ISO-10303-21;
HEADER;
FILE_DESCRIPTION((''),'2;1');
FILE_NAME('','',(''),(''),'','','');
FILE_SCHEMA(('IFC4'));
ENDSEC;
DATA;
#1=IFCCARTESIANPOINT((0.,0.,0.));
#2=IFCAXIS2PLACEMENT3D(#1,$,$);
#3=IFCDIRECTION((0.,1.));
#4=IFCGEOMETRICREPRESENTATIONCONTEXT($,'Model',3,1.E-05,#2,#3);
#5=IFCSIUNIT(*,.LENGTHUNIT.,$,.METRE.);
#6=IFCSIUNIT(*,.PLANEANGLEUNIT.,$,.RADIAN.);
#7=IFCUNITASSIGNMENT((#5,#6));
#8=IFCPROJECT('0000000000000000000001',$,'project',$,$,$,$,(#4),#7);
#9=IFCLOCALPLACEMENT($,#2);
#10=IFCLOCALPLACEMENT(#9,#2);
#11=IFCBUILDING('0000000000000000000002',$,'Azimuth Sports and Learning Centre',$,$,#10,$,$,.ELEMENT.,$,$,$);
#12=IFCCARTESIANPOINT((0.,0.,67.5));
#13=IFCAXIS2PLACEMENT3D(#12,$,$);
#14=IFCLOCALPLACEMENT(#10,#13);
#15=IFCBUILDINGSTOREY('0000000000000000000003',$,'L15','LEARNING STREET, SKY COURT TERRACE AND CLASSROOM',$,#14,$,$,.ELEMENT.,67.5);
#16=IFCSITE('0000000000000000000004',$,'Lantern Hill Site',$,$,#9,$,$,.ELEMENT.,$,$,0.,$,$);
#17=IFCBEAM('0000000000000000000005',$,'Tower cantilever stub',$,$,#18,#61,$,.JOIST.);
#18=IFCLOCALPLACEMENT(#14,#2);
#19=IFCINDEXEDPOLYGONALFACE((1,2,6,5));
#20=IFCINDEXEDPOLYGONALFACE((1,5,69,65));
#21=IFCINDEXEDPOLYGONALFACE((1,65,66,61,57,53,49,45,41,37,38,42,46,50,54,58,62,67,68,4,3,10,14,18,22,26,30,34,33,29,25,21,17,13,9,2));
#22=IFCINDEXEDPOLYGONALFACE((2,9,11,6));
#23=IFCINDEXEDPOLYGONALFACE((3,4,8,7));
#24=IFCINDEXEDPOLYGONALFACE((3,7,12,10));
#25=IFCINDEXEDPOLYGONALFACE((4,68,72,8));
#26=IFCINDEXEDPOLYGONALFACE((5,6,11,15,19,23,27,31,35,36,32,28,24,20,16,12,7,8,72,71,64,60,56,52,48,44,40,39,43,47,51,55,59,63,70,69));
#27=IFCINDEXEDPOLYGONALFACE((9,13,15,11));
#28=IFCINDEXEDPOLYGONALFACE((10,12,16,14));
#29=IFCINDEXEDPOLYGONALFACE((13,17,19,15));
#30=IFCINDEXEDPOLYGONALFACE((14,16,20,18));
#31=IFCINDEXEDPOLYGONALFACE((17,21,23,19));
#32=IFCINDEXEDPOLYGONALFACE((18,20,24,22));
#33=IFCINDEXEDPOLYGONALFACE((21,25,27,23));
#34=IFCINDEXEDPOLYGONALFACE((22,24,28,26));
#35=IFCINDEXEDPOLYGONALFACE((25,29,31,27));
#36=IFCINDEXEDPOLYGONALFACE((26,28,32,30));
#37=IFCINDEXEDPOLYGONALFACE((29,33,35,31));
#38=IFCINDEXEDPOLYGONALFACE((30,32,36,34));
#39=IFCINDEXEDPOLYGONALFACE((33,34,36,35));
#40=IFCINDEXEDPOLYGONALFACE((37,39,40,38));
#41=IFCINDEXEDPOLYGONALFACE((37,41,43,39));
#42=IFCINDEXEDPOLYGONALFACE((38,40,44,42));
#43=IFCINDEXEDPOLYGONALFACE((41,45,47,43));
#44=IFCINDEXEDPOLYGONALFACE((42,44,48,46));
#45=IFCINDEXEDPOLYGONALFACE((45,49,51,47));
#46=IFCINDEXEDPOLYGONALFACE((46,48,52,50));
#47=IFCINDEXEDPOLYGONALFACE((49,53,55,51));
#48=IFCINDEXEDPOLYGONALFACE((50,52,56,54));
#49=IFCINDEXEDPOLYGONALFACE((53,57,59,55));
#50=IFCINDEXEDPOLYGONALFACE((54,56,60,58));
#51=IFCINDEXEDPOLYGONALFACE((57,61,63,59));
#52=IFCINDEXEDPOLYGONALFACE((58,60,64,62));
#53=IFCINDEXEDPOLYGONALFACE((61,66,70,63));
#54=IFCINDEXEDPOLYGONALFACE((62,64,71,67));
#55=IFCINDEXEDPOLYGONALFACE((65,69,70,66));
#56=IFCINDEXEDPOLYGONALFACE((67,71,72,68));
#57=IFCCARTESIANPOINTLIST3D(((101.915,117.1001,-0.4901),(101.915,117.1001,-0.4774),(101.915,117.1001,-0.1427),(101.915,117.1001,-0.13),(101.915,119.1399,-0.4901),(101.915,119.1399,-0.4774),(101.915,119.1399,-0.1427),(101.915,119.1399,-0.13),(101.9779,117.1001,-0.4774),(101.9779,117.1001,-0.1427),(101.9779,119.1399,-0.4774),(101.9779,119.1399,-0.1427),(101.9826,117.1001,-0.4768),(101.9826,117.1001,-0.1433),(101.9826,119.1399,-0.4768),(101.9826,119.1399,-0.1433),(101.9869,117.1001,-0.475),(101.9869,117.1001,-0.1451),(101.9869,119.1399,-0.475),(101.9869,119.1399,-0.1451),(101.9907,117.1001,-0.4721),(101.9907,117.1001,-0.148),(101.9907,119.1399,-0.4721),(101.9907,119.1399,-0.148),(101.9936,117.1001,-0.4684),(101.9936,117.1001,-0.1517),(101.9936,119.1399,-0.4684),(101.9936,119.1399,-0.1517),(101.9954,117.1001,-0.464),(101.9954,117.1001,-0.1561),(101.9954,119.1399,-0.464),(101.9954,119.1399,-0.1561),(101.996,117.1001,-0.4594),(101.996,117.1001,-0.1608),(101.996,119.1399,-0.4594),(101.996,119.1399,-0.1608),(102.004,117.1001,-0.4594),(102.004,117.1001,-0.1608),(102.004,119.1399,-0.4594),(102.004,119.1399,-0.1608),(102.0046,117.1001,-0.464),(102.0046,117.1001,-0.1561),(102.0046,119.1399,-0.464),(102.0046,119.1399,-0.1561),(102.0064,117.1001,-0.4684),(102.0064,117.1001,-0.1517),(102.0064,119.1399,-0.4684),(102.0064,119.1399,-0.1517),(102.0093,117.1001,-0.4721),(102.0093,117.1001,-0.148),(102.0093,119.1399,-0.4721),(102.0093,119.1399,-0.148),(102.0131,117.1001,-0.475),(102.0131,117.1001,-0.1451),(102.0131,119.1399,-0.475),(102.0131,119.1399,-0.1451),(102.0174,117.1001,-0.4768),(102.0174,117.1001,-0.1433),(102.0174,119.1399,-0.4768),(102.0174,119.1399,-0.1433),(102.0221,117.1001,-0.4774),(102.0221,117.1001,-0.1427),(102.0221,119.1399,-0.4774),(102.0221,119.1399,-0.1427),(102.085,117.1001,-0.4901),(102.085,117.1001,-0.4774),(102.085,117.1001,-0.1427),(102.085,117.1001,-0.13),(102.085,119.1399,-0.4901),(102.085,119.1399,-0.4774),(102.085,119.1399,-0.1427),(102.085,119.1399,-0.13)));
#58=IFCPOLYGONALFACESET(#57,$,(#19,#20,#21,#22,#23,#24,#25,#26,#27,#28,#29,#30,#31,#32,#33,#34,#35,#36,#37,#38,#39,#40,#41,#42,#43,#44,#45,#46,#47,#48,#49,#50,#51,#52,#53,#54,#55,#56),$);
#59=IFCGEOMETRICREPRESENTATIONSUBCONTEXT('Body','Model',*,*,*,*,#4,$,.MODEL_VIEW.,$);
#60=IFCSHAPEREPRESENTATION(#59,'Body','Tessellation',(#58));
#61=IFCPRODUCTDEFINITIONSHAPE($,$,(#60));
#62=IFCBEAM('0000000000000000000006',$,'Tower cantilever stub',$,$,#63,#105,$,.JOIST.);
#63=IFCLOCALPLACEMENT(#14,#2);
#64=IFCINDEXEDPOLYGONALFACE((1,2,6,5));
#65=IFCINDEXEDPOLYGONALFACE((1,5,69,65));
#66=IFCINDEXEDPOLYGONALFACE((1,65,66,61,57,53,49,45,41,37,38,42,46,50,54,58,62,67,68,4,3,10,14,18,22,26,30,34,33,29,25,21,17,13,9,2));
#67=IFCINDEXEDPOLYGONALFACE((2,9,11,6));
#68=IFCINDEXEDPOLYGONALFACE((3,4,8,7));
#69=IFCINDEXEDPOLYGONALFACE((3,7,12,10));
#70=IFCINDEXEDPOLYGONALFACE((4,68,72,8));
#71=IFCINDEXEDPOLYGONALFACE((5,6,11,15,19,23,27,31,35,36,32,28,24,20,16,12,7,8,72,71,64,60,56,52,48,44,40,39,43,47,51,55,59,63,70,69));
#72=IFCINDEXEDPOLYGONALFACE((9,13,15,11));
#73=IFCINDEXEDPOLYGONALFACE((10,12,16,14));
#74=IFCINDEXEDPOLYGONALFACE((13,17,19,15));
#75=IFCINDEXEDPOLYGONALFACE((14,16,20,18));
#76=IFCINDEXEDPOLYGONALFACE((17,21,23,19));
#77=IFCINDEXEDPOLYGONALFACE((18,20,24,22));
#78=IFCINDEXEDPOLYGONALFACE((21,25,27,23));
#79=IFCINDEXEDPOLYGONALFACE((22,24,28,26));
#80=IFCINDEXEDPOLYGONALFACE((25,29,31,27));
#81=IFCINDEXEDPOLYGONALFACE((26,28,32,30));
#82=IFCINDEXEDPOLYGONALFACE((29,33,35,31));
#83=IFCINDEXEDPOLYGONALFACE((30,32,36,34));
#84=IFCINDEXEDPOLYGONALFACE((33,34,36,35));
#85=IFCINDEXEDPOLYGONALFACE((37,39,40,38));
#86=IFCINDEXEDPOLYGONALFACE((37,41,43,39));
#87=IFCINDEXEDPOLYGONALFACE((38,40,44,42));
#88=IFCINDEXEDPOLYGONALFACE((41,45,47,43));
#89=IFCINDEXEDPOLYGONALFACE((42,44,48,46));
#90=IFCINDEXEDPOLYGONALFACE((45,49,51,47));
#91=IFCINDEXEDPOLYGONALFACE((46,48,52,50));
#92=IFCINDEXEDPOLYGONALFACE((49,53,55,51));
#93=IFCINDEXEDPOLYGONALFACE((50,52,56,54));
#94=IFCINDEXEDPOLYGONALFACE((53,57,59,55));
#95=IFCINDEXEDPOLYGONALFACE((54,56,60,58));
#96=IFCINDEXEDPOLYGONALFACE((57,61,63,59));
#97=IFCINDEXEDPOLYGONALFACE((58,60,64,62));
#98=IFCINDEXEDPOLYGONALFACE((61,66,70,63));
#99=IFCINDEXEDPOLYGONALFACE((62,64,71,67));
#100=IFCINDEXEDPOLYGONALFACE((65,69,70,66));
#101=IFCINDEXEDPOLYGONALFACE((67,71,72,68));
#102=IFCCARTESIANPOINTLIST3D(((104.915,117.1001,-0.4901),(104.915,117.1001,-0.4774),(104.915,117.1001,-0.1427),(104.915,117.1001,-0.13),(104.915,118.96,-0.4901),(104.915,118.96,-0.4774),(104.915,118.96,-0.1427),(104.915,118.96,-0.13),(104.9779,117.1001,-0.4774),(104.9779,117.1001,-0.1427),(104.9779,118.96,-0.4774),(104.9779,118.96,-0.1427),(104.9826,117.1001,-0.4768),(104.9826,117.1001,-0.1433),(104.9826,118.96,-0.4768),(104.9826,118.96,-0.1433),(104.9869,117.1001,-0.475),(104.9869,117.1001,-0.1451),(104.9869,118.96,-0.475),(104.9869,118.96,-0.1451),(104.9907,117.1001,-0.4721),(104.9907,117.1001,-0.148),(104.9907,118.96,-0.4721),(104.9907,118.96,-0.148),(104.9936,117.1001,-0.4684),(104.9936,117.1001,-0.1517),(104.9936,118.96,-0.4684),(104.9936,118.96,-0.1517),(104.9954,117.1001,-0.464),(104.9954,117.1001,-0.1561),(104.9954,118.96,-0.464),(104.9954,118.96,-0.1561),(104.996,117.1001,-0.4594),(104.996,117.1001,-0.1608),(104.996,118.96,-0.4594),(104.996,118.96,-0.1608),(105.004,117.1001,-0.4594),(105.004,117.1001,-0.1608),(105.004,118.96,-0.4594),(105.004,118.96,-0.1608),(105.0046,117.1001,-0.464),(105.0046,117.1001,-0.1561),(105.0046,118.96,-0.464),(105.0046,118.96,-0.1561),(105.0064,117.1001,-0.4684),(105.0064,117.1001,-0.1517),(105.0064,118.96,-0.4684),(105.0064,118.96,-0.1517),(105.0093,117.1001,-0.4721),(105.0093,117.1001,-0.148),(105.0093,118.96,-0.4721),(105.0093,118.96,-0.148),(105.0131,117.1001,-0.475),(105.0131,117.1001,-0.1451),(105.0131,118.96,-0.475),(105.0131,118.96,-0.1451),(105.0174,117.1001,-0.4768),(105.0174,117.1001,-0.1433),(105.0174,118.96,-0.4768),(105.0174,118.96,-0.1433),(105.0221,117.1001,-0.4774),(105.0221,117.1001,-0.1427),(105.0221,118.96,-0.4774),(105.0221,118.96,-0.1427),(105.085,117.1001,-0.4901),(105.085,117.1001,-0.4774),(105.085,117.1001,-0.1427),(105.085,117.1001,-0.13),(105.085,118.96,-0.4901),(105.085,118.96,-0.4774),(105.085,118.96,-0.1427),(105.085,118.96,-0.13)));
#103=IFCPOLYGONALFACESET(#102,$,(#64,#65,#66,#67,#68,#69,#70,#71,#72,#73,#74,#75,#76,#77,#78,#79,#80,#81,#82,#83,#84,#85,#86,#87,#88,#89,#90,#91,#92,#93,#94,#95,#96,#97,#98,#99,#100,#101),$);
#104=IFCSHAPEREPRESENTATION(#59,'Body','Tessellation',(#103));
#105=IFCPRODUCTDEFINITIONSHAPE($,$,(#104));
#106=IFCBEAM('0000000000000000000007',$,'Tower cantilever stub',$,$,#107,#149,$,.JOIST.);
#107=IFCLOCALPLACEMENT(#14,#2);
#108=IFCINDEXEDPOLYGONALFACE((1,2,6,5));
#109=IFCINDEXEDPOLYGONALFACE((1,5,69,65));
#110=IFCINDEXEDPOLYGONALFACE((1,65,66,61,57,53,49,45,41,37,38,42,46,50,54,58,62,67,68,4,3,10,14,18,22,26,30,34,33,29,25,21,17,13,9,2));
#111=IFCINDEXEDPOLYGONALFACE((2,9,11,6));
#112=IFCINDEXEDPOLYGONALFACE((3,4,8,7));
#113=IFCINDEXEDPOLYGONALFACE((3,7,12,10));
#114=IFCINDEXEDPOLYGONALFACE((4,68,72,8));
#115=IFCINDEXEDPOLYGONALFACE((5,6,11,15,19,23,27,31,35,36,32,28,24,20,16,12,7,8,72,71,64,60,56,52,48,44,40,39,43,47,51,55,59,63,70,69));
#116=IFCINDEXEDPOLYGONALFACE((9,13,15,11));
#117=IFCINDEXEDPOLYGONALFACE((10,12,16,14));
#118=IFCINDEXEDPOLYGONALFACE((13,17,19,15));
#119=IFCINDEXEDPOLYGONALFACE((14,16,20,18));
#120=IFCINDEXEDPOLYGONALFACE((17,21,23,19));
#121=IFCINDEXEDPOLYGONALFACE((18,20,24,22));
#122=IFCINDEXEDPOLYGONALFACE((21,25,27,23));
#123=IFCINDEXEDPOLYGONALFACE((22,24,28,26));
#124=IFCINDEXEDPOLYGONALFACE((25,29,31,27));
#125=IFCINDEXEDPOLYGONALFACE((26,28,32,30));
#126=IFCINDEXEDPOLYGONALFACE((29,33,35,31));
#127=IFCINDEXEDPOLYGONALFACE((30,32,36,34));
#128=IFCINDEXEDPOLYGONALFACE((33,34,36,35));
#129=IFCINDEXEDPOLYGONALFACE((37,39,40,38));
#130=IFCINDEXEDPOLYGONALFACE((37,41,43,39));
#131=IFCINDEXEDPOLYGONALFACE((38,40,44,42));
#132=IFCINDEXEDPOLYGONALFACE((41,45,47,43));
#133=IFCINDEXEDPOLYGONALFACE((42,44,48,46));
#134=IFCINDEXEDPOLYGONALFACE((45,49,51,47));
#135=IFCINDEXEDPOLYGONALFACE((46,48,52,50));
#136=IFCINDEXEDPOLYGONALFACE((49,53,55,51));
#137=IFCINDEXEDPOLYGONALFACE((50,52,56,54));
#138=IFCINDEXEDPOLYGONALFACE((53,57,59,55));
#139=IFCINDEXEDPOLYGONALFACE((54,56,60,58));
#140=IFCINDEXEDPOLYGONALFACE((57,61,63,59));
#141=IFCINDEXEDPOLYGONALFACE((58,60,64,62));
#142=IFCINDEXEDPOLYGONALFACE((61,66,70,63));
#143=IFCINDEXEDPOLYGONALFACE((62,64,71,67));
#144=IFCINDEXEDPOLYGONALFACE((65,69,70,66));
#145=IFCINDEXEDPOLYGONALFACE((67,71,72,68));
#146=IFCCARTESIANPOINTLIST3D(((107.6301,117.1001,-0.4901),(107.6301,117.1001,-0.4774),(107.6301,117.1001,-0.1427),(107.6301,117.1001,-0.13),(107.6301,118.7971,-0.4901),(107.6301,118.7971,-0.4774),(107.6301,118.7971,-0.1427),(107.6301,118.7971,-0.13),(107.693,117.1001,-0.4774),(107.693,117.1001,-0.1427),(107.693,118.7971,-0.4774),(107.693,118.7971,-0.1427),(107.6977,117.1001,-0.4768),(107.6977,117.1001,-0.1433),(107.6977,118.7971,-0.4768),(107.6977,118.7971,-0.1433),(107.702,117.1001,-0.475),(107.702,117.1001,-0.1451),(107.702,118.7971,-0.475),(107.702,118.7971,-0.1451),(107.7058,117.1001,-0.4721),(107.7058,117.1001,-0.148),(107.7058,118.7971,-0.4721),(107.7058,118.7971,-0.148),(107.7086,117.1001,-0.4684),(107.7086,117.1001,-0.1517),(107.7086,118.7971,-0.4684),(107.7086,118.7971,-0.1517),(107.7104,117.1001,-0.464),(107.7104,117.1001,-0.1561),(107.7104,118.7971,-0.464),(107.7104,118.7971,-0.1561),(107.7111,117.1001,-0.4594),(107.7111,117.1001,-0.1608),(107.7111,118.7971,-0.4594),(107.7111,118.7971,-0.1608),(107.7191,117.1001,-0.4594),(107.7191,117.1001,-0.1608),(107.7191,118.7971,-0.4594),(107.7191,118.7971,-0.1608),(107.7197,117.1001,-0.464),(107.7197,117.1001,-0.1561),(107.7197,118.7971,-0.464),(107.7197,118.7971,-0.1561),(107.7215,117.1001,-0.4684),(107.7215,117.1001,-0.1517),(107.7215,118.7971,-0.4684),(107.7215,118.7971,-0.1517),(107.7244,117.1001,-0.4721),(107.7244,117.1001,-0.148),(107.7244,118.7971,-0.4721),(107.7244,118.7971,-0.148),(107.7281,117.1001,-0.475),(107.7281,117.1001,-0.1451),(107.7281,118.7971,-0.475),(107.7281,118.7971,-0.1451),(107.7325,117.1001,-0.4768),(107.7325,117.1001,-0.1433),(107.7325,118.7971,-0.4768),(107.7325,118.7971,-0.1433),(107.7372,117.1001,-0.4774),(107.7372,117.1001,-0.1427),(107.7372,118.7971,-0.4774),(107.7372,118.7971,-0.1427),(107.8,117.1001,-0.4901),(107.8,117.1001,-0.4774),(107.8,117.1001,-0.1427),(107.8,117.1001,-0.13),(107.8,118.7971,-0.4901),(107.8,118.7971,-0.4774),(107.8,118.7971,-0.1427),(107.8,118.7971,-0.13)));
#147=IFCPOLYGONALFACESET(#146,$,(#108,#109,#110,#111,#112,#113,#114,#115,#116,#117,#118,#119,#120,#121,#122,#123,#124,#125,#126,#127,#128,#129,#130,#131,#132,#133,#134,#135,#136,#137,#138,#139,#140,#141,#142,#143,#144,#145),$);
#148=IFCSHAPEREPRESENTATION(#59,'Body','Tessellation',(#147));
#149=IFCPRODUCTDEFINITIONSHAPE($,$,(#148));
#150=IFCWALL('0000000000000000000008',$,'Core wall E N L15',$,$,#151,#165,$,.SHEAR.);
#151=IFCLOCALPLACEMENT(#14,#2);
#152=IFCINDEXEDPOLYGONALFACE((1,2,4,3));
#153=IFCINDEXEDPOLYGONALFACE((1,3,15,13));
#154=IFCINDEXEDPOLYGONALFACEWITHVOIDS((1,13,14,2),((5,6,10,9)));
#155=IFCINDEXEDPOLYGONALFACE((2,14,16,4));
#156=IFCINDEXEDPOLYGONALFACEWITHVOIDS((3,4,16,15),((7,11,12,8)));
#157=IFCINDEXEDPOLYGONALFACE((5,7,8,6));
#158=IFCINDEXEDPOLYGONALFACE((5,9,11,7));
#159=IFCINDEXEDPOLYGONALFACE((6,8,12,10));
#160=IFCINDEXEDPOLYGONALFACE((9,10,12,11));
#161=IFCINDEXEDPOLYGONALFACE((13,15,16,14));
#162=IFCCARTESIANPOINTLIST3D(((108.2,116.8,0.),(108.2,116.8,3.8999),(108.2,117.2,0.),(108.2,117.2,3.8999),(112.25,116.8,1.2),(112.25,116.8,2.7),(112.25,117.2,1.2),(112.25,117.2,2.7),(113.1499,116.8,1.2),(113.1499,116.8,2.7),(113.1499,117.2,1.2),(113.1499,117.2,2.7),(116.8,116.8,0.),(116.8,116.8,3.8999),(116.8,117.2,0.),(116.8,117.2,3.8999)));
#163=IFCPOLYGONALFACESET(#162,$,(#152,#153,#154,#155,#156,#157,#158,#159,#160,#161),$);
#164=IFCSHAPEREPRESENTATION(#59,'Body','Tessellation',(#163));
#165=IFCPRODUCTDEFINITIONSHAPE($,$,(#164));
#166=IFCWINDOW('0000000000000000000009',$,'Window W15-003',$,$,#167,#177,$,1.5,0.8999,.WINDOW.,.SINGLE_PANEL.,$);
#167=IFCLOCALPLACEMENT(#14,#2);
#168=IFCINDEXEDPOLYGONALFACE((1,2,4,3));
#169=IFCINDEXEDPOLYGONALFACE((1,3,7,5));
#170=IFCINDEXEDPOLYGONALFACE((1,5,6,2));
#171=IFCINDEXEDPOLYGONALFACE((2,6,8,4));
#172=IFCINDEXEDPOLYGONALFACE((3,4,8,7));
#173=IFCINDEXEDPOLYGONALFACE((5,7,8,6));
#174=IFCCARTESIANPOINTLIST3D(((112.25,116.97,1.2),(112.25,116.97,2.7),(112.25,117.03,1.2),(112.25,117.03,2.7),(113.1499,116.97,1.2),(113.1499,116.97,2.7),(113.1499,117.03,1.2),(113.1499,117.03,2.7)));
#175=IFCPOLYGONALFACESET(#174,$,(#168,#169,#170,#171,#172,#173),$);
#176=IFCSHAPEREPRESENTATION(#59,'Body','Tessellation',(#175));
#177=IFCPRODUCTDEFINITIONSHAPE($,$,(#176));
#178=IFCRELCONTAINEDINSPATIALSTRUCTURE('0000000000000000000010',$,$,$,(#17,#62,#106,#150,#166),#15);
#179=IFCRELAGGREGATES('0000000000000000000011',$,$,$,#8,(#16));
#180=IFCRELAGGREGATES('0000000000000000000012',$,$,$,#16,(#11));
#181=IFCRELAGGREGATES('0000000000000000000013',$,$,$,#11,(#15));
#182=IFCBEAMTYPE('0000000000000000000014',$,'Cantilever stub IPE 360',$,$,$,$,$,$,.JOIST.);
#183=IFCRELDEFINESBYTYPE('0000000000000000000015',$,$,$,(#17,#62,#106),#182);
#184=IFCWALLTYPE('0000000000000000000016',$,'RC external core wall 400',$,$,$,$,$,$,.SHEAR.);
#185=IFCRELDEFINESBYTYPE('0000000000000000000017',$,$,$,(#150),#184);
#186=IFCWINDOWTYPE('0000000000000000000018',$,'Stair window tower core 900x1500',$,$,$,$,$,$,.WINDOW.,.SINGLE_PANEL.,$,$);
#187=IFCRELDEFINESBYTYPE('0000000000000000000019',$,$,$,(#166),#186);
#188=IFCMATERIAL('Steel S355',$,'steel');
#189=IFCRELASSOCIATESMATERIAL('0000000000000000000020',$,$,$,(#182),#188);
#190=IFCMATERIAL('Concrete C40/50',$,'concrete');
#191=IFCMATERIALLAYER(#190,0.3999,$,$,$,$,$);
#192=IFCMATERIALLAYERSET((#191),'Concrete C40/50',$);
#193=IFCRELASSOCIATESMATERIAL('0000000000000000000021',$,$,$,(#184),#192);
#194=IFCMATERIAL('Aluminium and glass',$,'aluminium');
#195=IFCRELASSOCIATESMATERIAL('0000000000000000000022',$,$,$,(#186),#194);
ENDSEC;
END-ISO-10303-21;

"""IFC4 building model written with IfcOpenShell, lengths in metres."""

from ifc_helpers import new_model, si_unit, direction, frame, frame_2d, origin, origin_2d, place, context, subcontext, project, spatial, rectangle, i_section, extrude, material, layer, layer_set, material_profile, profile_set, type_object, element, fill, save


model = new_model("IFC4")

# Units and contexts
model_context = context("Model", 3, precision=1e-05, world=origin(), true_north=direction((0.0, 1.0)))
body_context = subcontext(model_context, "Body", "Model", "MODEL_VIEW")
ifc_project = project(units=[si_unit("LENGTHUNIT", "METRE"), si_unit("PLANEANGLEUNIT", "RADIAN")], contexts=[model_context])

# Site, building, storey
site_placement = place(None, origin())
site = spatial("IfcSite", under=ifc_project, at=site_placement, Name="Lantern Hill Site", CompositionType="ELEMENT", RefElevation=0.0)
building_placement = place(site_placement, origin())
building = spatial("IfcBuilding", under=site, at=building_placement, Name="Azimuth Sports and Learning Centre", CompositionType="ELEMENT")
storey_placement = place(building_placement, frame((0.0, 0.0, 67.5)))
storey = spatial("IfcBuildingStorey", under=building, at=storey_placement, Name="L15", Description="LEARNING STREET, SKY COURT TERRACE AND CLASSROOM", CompositionType="ELEMENT", Elevation=67.5)

# Beams
ifc_material_1 = material(Name="Steel S355", Category="steel")
ifc_material_profile_1 = material_profile(ifc_material_1, i_section(OverallWidth=0.1699, OverallDepth=0.3601, WebThickness=0.0081, FlangeThickness=0.0127, FilletRadius=0.0181, at=origin_2d()), Name="IPE 360")
ifc_profile_set_1 = profile_set([ifc_material_profile_1], Name="Steel S355")
beam_type_1 = type_object("IfcBeamType", Name="Cantilever stub IPE 360", PredefinedType="JOIST", material=ifc_profile_set_1)
beam_1_placement = place(storey_placement, frame((102.0, 117.1001, -0.3101), z_axis=(0.0, 1.0, 0.0), x_axis=(-1.0, 0.0, 0.0)))
element("IfcBeam", 1, at=beam_1_placement, inside=storey, type_object=beam_type_1, Name="Tower cantilever stub", PredefinedType="JOIST", context=body_context, shape_type="SweptSolid", body=[
    extrude(i_section(OverallWidth=0.1699, OverallDepth=0.3601, WebThickness=0.0081, FlangeThickness=0.0127, FilletRadius=0.0181, at=origin_2d()), origin(), (0.0, 0.0, 1.0), 2.0398),
])
beam_2_placement = place(storey_placement, frame((105.0, 117.1001, -0.3101), z_axis=(0.0, 1.0, 0.0), x_axis=(-1.0, 0.0, 0.0)))
element("IfcBeam", 2, at=beam_2_placement, inside=storey, type_object=beam_type_1, Name="Tower cantilever stub", PredefinedType="JOIST", context=body_context, shape_type="SweptSolid", body=[
    extrude(i_section(OverallWidth=0.1699, OverallDepth=0.3601, WebThickness=0.0081, FlangeThickness=0.0127, FilletRadius=0.0181, at=origin_2d()), origin(), (0.0, 0.0, 1.0), 1.8599),
])
beam_3_placement = place(storey_placement, frame((107.7151, 117.1001, -0.3101), z_axis=(0.0, 1.0, 0.0), x_axis=(-1.0, 0.0, 0.0)))
element("IfcBeam", 3, at=beam_3_placement, inside=storey, type_object=beam_type_1, Name="Tower cantilever stub", PredefinedType="JOIST", context=body_context, shape_type="SweptSolid", body=[
    extrude(i_section(OverallWidth=0.1699, OverallDepth=0.3601, WebThickness=0.0081, FlangeThickness=0.0127, FilletRadius=0.0181, at=origin_2d()), origin(), (0.0, 0.0, 1.0), 1.697),
])

# Wall, opening, window
ifc_material_2 = material(Name="Concrete C40/50", Category="concrete")
ifc_layer_1 = layer(ifc_material_2, 0.3999)
ifc_layer_set_1 = layer_set([ifc_layer_1], Name="Concrete C40/50")
wall_type = type_object("IfcWallType", Name="RC external core wall 400", PredefinedType="SHEAR", material=ifc_layer_set_1)
wall_placement = place(storey_placement, frame((108.2, 117.0, 0.0), z_axis=(0.0, 0.0, 1.0), x_axis=(1.0, 0.0, 0.0)))
wall = element("IfcWall", 4, at=wall_placement, inside=storey, type_object=wall_type, Name="Core wall E N L15", PredefinedType="SHEAR", context=body_context, shape_type="SweptSolid", body=[
    extrude(rectangle(XDim=8.6001, YDim=0.3999, at=frame_2d((4.3, 0.0))), origin(), (0.0, 0.0, 1.0), 3.8999),
])
opening_placement = place(wall_placement, frame((4.05, 0.0, 1.2)))
opening = element("IfcOpeningElement", 5, at=opening_placement, cuts=wall, PredefinedType="OPENING", context=body_context, shape_type="SweptSolid", body=[
    extrude(rectangle(XDim=0.8999, YDim=1.5, at=frame_2d((0.45, 0.75))), frame((0.0, 0.2109, 0.0), z_axis=(0.0, -1.0, 0.0), x_axis=(1.0, 0.0, 0.0)), (0.0, 0.0, 1.0), 0.4219),
])
ifc_material_3 = material(Name="Aluminium and glass", Category="aluminium")
window_type = type_object("IfcWindowType", Name="Stair window tower core 900x1500", PartitioningType="SINGLE_PANEL", PredefinedType="WINDOW", material=ifc_material_3)
window_placement = place(opening_placement, origin())
window = element("IfcWindow", 6, at=window_placement, inside=storey, type_object=window_type, Name="Window W15-003", OverallHeight=1.5, OverallWidth=0.8999, PartitioningType="SINGLE_PANEL", PredefinedType="WINDOW", context=body_context, shape_type="SweptSolid", body=[
    extrude(rectangle(XDim=0.8999, YDim=1.5, at=frame_2d((0.45, 0.75))), frame((0.0, 0.03, 0.0), z_axis=(0.0, -1.0, 0.0), x_axis=(1.0, 0.0, 0.0)), (0.0, 0.0, 1.0), 0.0601),
])
fill(opening, window)

save(model, "model.ifc")
